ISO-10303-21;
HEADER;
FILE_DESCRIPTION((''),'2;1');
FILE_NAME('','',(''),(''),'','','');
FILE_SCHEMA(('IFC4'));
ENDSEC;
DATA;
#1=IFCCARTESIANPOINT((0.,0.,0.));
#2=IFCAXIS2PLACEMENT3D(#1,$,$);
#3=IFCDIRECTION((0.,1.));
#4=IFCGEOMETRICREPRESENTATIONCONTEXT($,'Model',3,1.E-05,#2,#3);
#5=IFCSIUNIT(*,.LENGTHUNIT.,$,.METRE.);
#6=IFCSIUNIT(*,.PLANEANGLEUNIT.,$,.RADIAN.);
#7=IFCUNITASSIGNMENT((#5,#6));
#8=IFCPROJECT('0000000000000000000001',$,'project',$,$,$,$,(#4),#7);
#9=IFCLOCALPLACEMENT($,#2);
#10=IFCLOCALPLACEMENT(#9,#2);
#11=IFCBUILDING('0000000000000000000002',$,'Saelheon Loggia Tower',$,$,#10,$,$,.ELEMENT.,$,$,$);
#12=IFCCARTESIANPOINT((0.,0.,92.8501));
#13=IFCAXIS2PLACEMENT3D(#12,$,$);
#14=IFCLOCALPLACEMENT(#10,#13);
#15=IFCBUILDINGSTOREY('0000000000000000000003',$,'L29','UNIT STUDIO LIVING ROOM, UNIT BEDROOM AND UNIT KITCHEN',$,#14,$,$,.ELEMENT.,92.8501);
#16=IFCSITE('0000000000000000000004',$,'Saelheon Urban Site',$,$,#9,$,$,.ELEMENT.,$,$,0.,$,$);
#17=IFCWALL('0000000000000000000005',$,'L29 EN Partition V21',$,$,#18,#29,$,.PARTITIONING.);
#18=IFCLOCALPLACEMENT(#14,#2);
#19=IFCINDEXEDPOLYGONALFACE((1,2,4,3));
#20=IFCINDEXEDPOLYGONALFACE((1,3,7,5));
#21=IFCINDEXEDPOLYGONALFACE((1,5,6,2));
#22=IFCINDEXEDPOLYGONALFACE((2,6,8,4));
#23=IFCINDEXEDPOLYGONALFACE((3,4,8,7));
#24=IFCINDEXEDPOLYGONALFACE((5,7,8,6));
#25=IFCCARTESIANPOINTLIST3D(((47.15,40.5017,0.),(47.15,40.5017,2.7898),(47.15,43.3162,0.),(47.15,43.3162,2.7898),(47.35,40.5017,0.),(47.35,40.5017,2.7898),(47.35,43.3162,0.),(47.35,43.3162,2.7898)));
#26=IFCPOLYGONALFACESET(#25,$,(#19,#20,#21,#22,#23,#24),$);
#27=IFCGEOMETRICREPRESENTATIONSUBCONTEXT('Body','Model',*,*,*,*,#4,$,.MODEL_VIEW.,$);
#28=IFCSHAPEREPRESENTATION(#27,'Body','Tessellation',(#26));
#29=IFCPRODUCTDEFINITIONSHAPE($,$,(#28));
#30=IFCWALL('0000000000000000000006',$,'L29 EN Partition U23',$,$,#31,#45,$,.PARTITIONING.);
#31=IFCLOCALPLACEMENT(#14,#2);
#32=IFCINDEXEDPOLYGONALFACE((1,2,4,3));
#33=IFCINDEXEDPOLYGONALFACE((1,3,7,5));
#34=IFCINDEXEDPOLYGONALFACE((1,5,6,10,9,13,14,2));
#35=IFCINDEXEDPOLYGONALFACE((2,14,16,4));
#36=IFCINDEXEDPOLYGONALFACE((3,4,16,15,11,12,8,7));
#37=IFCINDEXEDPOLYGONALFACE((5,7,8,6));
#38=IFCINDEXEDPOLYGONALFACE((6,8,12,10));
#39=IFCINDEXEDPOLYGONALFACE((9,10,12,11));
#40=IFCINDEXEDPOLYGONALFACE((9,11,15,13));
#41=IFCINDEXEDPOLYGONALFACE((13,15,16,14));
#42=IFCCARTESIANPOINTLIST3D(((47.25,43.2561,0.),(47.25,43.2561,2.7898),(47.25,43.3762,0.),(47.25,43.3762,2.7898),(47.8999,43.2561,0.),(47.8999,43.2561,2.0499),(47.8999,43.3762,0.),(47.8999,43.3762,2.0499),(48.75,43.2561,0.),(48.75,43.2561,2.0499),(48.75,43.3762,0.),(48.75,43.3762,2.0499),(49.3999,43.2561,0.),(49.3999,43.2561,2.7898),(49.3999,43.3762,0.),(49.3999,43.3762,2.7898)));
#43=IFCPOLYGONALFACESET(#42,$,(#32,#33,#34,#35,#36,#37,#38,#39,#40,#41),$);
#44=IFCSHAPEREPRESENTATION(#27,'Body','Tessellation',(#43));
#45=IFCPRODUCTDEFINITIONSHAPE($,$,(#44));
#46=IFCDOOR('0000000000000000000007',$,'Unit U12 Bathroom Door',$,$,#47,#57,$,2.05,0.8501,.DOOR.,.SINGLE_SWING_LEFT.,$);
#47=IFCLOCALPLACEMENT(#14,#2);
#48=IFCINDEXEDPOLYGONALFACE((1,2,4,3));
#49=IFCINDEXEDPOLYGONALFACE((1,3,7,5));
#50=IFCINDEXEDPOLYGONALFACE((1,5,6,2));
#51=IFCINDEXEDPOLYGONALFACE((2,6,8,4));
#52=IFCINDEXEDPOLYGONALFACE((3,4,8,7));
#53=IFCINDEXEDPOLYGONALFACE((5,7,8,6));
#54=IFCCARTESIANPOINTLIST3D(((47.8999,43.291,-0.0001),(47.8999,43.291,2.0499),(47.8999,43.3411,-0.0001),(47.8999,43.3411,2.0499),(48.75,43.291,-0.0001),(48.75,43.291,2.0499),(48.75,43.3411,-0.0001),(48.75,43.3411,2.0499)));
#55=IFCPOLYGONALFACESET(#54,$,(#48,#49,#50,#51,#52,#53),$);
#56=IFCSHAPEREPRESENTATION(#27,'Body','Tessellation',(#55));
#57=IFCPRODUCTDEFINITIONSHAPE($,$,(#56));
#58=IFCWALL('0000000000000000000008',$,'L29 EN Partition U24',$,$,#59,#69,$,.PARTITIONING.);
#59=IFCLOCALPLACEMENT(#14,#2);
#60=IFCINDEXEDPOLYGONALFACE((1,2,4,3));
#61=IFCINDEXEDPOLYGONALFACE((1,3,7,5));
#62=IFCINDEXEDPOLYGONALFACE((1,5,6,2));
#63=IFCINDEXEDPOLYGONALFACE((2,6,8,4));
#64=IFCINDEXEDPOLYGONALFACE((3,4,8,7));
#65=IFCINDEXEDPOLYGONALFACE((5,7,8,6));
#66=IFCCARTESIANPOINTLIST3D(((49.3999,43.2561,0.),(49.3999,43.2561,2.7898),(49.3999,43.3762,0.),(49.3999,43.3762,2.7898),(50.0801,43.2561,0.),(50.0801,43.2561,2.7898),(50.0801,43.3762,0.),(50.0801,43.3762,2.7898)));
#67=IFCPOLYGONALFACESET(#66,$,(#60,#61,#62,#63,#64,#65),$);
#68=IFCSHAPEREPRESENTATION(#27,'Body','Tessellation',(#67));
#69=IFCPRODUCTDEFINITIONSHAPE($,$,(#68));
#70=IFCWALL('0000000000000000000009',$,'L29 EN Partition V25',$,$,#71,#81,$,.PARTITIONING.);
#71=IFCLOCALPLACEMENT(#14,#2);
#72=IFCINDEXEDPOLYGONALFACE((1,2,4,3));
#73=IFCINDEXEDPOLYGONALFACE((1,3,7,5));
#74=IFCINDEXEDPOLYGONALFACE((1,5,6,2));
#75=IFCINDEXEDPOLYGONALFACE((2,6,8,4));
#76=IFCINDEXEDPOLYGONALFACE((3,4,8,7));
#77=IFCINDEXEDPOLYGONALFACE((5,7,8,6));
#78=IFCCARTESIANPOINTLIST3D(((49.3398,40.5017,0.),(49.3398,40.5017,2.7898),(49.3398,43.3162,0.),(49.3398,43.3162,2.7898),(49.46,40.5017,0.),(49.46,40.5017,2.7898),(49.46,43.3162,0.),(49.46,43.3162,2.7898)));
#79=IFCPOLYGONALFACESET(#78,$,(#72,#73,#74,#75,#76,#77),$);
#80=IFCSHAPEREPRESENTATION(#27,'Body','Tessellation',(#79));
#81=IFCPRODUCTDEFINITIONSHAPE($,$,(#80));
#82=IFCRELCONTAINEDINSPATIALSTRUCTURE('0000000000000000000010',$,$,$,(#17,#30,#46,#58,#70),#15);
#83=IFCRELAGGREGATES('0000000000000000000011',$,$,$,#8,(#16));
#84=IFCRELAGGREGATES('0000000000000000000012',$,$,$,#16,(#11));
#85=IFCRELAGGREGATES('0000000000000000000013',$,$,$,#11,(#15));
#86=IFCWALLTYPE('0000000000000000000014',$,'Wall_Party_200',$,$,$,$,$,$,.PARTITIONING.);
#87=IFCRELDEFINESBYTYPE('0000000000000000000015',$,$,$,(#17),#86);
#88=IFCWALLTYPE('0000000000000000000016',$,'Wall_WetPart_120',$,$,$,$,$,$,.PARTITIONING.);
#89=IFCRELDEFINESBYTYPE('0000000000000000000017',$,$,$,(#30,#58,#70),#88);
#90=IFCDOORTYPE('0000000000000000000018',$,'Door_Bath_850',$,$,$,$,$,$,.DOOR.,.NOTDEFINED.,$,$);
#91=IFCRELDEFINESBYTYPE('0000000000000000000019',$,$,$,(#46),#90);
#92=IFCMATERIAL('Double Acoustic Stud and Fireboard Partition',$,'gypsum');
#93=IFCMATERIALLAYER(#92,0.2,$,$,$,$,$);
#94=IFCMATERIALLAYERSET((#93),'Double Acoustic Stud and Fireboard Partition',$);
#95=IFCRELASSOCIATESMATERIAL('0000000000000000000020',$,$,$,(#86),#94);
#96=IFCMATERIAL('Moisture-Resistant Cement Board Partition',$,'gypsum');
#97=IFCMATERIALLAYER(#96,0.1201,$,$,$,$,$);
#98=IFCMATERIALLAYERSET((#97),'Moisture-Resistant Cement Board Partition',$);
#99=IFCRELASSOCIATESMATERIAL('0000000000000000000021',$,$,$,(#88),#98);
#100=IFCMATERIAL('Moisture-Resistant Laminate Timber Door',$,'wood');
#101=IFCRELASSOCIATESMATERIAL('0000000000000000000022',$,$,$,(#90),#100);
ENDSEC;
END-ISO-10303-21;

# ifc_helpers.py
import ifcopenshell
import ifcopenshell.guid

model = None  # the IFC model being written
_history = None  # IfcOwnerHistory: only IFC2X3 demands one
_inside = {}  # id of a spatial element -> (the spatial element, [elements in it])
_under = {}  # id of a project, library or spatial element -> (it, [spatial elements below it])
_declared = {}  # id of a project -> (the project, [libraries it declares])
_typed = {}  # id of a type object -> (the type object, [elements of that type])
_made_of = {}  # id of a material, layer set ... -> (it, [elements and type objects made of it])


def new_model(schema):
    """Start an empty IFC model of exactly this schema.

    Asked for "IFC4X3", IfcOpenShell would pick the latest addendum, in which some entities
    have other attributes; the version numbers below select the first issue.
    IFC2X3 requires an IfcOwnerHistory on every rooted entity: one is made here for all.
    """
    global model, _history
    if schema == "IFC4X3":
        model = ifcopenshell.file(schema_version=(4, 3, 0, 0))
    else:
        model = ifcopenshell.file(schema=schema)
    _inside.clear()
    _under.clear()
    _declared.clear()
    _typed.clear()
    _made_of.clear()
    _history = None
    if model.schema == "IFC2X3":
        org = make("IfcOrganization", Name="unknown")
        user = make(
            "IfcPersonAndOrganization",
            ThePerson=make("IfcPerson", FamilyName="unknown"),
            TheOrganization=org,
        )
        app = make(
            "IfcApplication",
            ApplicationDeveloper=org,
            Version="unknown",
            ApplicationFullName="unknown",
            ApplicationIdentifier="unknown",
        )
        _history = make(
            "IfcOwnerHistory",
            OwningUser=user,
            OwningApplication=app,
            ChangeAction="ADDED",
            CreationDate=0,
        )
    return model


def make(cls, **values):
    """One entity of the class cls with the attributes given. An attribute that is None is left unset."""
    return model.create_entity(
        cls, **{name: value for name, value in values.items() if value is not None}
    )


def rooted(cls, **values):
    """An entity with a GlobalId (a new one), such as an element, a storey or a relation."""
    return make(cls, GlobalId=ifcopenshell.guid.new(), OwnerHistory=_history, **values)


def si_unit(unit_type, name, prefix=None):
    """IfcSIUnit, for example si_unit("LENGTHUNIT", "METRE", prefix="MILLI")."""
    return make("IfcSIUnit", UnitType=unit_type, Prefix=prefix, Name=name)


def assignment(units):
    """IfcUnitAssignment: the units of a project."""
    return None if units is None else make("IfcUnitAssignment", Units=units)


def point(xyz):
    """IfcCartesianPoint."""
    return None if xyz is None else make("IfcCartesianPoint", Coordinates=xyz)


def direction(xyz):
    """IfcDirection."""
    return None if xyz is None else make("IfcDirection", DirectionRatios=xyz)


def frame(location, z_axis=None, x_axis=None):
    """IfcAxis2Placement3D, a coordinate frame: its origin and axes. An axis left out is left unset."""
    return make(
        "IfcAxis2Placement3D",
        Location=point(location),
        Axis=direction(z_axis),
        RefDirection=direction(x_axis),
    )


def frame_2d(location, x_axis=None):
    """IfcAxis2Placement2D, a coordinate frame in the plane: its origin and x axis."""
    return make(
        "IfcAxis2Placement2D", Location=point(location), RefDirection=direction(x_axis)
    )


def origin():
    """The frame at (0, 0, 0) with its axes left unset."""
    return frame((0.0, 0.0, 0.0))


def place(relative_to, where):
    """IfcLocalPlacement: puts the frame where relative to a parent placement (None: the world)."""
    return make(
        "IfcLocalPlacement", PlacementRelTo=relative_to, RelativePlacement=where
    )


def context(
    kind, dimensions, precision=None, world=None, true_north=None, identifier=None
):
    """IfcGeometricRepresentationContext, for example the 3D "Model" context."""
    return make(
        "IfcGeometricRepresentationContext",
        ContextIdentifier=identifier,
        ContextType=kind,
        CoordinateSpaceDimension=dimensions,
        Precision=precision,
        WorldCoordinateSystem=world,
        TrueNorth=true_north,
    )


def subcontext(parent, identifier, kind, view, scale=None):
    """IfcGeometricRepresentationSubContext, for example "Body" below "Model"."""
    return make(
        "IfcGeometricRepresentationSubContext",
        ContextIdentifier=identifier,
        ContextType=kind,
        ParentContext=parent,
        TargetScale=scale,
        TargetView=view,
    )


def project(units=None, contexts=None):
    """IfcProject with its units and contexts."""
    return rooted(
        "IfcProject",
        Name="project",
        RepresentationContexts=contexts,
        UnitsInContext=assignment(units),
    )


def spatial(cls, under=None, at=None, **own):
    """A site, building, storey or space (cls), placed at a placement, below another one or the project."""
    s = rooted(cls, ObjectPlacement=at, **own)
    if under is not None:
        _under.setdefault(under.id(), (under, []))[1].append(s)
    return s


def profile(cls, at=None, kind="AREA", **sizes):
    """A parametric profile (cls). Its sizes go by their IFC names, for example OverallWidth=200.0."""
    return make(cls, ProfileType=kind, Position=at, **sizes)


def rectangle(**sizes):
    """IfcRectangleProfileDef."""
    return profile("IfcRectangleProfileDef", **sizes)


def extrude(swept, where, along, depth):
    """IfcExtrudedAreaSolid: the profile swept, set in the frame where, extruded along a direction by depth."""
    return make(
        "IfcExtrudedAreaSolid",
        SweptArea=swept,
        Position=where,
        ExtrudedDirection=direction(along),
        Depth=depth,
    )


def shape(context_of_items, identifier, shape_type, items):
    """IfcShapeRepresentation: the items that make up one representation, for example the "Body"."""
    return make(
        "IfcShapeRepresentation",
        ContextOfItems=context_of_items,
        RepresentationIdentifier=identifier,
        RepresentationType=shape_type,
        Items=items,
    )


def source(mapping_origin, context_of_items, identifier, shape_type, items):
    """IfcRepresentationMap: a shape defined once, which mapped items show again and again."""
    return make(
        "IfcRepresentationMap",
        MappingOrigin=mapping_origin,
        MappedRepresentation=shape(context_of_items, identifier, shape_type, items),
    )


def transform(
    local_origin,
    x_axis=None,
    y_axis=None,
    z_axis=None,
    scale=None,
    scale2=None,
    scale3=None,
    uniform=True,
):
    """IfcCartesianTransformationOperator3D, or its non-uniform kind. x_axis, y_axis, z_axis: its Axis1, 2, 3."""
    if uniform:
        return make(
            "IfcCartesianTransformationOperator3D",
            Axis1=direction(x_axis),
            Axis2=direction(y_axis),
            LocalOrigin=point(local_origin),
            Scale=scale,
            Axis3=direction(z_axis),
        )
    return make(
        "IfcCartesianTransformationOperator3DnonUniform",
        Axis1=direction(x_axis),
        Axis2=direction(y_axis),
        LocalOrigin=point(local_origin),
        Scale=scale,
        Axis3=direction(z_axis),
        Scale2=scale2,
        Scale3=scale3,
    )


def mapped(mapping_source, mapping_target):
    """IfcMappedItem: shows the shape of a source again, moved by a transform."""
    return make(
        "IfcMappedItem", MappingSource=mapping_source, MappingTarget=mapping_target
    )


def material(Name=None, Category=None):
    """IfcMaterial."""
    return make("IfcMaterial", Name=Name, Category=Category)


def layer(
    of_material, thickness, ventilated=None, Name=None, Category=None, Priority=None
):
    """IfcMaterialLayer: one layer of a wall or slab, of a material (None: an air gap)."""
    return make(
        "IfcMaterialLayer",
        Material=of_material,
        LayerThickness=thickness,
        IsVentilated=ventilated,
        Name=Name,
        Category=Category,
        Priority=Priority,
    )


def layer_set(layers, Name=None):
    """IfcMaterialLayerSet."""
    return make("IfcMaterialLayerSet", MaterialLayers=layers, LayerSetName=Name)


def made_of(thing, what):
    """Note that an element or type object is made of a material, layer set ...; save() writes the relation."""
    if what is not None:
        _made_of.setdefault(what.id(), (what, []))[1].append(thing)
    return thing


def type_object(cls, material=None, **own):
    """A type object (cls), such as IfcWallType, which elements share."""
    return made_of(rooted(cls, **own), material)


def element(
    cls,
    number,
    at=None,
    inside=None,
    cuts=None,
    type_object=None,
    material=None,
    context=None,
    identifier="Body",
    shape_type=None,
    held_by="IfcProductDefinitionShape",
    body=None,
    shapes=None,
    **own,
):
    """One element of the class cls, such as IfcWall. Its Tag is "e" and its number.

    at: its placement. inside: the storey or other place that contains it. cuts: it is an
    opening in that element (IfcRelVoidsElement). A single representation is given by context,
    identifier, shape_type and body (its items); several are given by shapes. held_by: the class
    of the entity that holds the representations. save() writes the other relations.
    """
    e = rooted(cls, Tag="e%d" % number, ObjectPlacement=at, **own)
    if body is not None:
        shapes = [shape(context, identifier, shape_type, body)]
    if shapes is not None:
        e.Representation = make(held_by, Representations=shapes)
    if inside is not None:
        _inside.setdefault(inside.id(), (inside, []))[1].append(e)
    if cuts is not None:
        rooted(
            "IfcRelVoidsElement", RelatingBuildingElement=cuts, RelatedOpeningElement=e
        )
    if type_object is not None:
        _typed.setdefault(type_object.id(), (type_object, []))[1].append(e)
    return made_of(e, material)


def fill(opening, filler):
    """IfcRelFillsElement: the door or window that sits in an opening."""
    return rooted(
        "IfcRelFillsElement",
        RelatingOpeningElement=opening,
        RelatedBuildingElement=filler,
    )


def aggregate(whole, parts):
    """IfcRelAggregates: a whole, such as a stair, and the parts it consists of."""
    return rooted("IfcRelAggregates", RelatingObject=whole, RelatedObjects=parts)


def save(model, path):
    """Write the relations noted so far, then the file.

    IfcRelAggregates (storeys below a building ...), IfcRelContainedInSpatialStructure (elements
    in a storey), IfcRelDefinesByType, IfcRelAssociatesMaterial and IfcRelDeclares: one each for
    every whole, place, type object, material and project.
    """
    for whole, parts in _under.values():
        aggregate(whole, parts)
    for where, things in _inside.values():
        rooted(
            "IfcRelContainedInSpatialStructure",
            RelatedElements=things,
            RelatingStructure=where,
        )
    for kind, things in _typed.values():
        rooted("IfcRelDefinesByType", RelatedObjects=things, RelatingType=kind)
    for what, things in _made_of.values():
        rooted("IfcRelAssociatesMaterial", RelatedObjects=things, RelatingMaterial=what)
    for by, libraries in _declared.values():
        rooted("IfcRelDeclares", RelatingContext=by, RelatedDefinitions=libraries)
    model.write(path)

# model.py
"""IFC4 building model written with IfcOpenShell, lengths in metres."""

from ifc_helpers import new_model, si_unit, direction, frame, frame_2d, origin, place, context, subcontext, project, spatial, rectangle, extrude, source, transform, mapped, material, layer, layer_set, type_object, element, fill, save


model = new_model("IFC4")

# Units and contexts
model_context = context("Model", 3, precision=1e-05, world=origin(), true_north=direction((0.0, 1.0)))
body_context = subcontext(model_context, "Body", "Model", "MODEL_VIEW")
ifc_project = project(units=[si_unit("LENGTHUNIT", "METRE"), si_unit("PLANEANGLEUNIT", "RADIAN")], contexts=[model_context])

# Site, building, storey
site_placement = place(None, origin())
site = spatial("IfcSite", under=ifc_project, at=site_placement, Name="Saelheon Urban Site", CompositionType="ELEMENT", RefElevation=0.0)
building_placement = place(site_placement, origin())
building = spatial("IfcBuilding", under=site, at=building_placement, Name="Saelheon Loggia Tower", CompositionType="ELEMENT")
storey_placement = place(building_placement, frame((0.0, 0.0, 92.8501)))
storey = spatial("IfcBuildingStorey", under=building, at=storey_placement, Name="L29", Description="UNIT STUDIO LIVING ROOM, UNIT BEDROOM AND UNIT KITCHEN", CompositionType="ELEMENT", Elevation=92.8501)

# Wall
ifc_material_1 = material(Name="Double Acoustic Stud and Fireboard Partition", Category="gypsum")
ifc_layer_1 = layer(ifc_material_1, 0.2)
ifc_layer_set_1 = layer_set([ifc_layer_1], Name="Double Acoustic Stud and Fireboard Partition")
wall_type_1 = type_object("IfcWallType", Name="Wall_Party_200", PredefinedType="PARTITIONING", material=ifc_layer_set_1)
wall_1_placement = place(storey_placement, frame((47.25, 40.5017, 0.0), z_axis=(0.0, 0.0, 1.0), x_axis=(0.0, 1.0, 0.0)))
element("IfcWall", 1, at=wall_1_placement, inside=storey, type_object=wall_type_1, Name="L29 EN Partition V21", PredefinedType="PARTITIONING", context=body_context, shape_type="SweptSolid", body=[
    extrude(rectangle(XDim=2.8145, YDim=0.2, at=frame_2d((1.4072, 0.0))), origin(), (0.0, 0.0, 1.0), 2.7898),
])

# Wall, opening, door
ifc_material_2 = material(Name="Moisture-Resistant Cement Board Partition", Category="gypsum")
ifc_layer_2 = layer(ifc_material_2, 0.1201)
ifc_layer_set_2 = layer_set([ifc_layer_2], Name="Moisture-Resistant Cement Board Partition")
wall_type_2 = type_object("IfcWallType", Name="Wall_WetPart_120", PredefinedType="PARTITIONING", material=ifc_layer_set_2)
wall_2_placement = place(storey_placement, frame((47.25, 43.3162, 0.0), z_axis=(0.0, 0.0, 1.0), x_axis=(1.0, 0.0, 0.0)))
wall_2 = element("IfcWall", 2, at=wall_2_placement, inside=storey, type_object=wall_type_2, Name="L29 EN Partition U23", PredefinedType="PARTITIONING", context=body_context, shape_type="SweptSolid", body=[
    extrude(rectangle(XDim=2.1499, YDim=0.1201, at=frame_2d((1.075, 0.0))), origin(), (0.0, 0.0, 1.0), 2.7898),
])
opening_1_placement = place(wall_2_placement, frame((0.6499, 0.0, 0.0)))
opening_1 = element("IfcOpeningElement", 3, at=opening_1_placement, cuts=wall_2, PredefinedType="OPENING", context=body_context, shape_type="SweptSolid", body=[
    extrude(rectangle(XDim=0.8501, YDim=2.05, at=frame_2d((0.425, 1.0249))), frame((0.0, 0.072, 0.0), z_axis=(0.0, -1.0, 0.0), x_axis=(1.0, 0.0, 0.0)), (0.0, 0.0, 1.0), 0.144),
])
ifc_material_3 = material(Name="Moisture-Resistant Laminate Timber Door", Category="wood")
door_type_1 = type_object("IfcDoorType", Name="Door_Bath_850", OperationType="NOTDEFINED", PredefinedType="DOOR", material=ifc_material_3)
shared_shape_1 = source(origin(), body_context, "Body", "SweptSolid", [
    extrude(rectangle(XDim=0.8501, YDim=2.05, at=frame_2d((0.425, 1.0249))), frame((0.0, 0.0249, 0.0), z_axis=(0.0, -1.0, 0.0), x_axis=(1.0, 0.0, 0.0)), (0.0, 0.0, 1.0), 0.05),
])
door_1_placement = place(opening_1_placement, origin())
door_1 = element("IfcDoor", 4, at=door_1_placement, inside=storey, type_object=door_type_1, Name="Unit U12 Bathroom Door", OperationType="SINGLE_SWING_LEFT", OverallHeight=2.05, OverallWidth=0.8501, PredefinedType="DOOR", context=body_context, shape_type="MappedRepresentation", body=[
    mapped(shared_shape_1, transform((0.0, 0.0, 0.0), scale=1.0)),
])
fill(opening_1, door_1)

# Walls
wall_3_placement = place(storey_placement, frame((49.3999, 43.3162, 0.0), z_axis=(0.0, 0.0, 1.0), x_axis=(1.0, 0.0, 0.0)))
element("IfcWall", 5, at=wall_3_placement, inside=storey, type_object=wall_type_2, Name="L29 EN Partition U24", PredefinedType="PARTITIONING", context=body_context, shape_type="SweptSolid", body=[
    extrude(rectangle(XDim=0.6802, YDim=0.1201, at=frame_2d((0.3401, 0.0))), origin(), (0.0, 0.0, 1.0), 2.7898),
])
wall_4_placement = place(storey_placement, frame((49.3999, 40.5017, 0.0), z_axis=(0.0, 0.0, 1.0), x_axis=(0.0, 1.0, 0.0)))
element("IfcWall", 6, at=wall_4_placement, inside=storey, type_object=wall_type_2, Name="L29 EN Partition V25", PredefinedType="PARTITIONING", context=body_context, shape_type="SweptSolid", body=[
    extrude(rectangle(XDim=2.8145, YDim=0.1201, at=frame_2d((1.4072, 0.0))), origin(), (0.0, 0.0, 1.0), 2.7898),
])

save(model, "model.ifc")
